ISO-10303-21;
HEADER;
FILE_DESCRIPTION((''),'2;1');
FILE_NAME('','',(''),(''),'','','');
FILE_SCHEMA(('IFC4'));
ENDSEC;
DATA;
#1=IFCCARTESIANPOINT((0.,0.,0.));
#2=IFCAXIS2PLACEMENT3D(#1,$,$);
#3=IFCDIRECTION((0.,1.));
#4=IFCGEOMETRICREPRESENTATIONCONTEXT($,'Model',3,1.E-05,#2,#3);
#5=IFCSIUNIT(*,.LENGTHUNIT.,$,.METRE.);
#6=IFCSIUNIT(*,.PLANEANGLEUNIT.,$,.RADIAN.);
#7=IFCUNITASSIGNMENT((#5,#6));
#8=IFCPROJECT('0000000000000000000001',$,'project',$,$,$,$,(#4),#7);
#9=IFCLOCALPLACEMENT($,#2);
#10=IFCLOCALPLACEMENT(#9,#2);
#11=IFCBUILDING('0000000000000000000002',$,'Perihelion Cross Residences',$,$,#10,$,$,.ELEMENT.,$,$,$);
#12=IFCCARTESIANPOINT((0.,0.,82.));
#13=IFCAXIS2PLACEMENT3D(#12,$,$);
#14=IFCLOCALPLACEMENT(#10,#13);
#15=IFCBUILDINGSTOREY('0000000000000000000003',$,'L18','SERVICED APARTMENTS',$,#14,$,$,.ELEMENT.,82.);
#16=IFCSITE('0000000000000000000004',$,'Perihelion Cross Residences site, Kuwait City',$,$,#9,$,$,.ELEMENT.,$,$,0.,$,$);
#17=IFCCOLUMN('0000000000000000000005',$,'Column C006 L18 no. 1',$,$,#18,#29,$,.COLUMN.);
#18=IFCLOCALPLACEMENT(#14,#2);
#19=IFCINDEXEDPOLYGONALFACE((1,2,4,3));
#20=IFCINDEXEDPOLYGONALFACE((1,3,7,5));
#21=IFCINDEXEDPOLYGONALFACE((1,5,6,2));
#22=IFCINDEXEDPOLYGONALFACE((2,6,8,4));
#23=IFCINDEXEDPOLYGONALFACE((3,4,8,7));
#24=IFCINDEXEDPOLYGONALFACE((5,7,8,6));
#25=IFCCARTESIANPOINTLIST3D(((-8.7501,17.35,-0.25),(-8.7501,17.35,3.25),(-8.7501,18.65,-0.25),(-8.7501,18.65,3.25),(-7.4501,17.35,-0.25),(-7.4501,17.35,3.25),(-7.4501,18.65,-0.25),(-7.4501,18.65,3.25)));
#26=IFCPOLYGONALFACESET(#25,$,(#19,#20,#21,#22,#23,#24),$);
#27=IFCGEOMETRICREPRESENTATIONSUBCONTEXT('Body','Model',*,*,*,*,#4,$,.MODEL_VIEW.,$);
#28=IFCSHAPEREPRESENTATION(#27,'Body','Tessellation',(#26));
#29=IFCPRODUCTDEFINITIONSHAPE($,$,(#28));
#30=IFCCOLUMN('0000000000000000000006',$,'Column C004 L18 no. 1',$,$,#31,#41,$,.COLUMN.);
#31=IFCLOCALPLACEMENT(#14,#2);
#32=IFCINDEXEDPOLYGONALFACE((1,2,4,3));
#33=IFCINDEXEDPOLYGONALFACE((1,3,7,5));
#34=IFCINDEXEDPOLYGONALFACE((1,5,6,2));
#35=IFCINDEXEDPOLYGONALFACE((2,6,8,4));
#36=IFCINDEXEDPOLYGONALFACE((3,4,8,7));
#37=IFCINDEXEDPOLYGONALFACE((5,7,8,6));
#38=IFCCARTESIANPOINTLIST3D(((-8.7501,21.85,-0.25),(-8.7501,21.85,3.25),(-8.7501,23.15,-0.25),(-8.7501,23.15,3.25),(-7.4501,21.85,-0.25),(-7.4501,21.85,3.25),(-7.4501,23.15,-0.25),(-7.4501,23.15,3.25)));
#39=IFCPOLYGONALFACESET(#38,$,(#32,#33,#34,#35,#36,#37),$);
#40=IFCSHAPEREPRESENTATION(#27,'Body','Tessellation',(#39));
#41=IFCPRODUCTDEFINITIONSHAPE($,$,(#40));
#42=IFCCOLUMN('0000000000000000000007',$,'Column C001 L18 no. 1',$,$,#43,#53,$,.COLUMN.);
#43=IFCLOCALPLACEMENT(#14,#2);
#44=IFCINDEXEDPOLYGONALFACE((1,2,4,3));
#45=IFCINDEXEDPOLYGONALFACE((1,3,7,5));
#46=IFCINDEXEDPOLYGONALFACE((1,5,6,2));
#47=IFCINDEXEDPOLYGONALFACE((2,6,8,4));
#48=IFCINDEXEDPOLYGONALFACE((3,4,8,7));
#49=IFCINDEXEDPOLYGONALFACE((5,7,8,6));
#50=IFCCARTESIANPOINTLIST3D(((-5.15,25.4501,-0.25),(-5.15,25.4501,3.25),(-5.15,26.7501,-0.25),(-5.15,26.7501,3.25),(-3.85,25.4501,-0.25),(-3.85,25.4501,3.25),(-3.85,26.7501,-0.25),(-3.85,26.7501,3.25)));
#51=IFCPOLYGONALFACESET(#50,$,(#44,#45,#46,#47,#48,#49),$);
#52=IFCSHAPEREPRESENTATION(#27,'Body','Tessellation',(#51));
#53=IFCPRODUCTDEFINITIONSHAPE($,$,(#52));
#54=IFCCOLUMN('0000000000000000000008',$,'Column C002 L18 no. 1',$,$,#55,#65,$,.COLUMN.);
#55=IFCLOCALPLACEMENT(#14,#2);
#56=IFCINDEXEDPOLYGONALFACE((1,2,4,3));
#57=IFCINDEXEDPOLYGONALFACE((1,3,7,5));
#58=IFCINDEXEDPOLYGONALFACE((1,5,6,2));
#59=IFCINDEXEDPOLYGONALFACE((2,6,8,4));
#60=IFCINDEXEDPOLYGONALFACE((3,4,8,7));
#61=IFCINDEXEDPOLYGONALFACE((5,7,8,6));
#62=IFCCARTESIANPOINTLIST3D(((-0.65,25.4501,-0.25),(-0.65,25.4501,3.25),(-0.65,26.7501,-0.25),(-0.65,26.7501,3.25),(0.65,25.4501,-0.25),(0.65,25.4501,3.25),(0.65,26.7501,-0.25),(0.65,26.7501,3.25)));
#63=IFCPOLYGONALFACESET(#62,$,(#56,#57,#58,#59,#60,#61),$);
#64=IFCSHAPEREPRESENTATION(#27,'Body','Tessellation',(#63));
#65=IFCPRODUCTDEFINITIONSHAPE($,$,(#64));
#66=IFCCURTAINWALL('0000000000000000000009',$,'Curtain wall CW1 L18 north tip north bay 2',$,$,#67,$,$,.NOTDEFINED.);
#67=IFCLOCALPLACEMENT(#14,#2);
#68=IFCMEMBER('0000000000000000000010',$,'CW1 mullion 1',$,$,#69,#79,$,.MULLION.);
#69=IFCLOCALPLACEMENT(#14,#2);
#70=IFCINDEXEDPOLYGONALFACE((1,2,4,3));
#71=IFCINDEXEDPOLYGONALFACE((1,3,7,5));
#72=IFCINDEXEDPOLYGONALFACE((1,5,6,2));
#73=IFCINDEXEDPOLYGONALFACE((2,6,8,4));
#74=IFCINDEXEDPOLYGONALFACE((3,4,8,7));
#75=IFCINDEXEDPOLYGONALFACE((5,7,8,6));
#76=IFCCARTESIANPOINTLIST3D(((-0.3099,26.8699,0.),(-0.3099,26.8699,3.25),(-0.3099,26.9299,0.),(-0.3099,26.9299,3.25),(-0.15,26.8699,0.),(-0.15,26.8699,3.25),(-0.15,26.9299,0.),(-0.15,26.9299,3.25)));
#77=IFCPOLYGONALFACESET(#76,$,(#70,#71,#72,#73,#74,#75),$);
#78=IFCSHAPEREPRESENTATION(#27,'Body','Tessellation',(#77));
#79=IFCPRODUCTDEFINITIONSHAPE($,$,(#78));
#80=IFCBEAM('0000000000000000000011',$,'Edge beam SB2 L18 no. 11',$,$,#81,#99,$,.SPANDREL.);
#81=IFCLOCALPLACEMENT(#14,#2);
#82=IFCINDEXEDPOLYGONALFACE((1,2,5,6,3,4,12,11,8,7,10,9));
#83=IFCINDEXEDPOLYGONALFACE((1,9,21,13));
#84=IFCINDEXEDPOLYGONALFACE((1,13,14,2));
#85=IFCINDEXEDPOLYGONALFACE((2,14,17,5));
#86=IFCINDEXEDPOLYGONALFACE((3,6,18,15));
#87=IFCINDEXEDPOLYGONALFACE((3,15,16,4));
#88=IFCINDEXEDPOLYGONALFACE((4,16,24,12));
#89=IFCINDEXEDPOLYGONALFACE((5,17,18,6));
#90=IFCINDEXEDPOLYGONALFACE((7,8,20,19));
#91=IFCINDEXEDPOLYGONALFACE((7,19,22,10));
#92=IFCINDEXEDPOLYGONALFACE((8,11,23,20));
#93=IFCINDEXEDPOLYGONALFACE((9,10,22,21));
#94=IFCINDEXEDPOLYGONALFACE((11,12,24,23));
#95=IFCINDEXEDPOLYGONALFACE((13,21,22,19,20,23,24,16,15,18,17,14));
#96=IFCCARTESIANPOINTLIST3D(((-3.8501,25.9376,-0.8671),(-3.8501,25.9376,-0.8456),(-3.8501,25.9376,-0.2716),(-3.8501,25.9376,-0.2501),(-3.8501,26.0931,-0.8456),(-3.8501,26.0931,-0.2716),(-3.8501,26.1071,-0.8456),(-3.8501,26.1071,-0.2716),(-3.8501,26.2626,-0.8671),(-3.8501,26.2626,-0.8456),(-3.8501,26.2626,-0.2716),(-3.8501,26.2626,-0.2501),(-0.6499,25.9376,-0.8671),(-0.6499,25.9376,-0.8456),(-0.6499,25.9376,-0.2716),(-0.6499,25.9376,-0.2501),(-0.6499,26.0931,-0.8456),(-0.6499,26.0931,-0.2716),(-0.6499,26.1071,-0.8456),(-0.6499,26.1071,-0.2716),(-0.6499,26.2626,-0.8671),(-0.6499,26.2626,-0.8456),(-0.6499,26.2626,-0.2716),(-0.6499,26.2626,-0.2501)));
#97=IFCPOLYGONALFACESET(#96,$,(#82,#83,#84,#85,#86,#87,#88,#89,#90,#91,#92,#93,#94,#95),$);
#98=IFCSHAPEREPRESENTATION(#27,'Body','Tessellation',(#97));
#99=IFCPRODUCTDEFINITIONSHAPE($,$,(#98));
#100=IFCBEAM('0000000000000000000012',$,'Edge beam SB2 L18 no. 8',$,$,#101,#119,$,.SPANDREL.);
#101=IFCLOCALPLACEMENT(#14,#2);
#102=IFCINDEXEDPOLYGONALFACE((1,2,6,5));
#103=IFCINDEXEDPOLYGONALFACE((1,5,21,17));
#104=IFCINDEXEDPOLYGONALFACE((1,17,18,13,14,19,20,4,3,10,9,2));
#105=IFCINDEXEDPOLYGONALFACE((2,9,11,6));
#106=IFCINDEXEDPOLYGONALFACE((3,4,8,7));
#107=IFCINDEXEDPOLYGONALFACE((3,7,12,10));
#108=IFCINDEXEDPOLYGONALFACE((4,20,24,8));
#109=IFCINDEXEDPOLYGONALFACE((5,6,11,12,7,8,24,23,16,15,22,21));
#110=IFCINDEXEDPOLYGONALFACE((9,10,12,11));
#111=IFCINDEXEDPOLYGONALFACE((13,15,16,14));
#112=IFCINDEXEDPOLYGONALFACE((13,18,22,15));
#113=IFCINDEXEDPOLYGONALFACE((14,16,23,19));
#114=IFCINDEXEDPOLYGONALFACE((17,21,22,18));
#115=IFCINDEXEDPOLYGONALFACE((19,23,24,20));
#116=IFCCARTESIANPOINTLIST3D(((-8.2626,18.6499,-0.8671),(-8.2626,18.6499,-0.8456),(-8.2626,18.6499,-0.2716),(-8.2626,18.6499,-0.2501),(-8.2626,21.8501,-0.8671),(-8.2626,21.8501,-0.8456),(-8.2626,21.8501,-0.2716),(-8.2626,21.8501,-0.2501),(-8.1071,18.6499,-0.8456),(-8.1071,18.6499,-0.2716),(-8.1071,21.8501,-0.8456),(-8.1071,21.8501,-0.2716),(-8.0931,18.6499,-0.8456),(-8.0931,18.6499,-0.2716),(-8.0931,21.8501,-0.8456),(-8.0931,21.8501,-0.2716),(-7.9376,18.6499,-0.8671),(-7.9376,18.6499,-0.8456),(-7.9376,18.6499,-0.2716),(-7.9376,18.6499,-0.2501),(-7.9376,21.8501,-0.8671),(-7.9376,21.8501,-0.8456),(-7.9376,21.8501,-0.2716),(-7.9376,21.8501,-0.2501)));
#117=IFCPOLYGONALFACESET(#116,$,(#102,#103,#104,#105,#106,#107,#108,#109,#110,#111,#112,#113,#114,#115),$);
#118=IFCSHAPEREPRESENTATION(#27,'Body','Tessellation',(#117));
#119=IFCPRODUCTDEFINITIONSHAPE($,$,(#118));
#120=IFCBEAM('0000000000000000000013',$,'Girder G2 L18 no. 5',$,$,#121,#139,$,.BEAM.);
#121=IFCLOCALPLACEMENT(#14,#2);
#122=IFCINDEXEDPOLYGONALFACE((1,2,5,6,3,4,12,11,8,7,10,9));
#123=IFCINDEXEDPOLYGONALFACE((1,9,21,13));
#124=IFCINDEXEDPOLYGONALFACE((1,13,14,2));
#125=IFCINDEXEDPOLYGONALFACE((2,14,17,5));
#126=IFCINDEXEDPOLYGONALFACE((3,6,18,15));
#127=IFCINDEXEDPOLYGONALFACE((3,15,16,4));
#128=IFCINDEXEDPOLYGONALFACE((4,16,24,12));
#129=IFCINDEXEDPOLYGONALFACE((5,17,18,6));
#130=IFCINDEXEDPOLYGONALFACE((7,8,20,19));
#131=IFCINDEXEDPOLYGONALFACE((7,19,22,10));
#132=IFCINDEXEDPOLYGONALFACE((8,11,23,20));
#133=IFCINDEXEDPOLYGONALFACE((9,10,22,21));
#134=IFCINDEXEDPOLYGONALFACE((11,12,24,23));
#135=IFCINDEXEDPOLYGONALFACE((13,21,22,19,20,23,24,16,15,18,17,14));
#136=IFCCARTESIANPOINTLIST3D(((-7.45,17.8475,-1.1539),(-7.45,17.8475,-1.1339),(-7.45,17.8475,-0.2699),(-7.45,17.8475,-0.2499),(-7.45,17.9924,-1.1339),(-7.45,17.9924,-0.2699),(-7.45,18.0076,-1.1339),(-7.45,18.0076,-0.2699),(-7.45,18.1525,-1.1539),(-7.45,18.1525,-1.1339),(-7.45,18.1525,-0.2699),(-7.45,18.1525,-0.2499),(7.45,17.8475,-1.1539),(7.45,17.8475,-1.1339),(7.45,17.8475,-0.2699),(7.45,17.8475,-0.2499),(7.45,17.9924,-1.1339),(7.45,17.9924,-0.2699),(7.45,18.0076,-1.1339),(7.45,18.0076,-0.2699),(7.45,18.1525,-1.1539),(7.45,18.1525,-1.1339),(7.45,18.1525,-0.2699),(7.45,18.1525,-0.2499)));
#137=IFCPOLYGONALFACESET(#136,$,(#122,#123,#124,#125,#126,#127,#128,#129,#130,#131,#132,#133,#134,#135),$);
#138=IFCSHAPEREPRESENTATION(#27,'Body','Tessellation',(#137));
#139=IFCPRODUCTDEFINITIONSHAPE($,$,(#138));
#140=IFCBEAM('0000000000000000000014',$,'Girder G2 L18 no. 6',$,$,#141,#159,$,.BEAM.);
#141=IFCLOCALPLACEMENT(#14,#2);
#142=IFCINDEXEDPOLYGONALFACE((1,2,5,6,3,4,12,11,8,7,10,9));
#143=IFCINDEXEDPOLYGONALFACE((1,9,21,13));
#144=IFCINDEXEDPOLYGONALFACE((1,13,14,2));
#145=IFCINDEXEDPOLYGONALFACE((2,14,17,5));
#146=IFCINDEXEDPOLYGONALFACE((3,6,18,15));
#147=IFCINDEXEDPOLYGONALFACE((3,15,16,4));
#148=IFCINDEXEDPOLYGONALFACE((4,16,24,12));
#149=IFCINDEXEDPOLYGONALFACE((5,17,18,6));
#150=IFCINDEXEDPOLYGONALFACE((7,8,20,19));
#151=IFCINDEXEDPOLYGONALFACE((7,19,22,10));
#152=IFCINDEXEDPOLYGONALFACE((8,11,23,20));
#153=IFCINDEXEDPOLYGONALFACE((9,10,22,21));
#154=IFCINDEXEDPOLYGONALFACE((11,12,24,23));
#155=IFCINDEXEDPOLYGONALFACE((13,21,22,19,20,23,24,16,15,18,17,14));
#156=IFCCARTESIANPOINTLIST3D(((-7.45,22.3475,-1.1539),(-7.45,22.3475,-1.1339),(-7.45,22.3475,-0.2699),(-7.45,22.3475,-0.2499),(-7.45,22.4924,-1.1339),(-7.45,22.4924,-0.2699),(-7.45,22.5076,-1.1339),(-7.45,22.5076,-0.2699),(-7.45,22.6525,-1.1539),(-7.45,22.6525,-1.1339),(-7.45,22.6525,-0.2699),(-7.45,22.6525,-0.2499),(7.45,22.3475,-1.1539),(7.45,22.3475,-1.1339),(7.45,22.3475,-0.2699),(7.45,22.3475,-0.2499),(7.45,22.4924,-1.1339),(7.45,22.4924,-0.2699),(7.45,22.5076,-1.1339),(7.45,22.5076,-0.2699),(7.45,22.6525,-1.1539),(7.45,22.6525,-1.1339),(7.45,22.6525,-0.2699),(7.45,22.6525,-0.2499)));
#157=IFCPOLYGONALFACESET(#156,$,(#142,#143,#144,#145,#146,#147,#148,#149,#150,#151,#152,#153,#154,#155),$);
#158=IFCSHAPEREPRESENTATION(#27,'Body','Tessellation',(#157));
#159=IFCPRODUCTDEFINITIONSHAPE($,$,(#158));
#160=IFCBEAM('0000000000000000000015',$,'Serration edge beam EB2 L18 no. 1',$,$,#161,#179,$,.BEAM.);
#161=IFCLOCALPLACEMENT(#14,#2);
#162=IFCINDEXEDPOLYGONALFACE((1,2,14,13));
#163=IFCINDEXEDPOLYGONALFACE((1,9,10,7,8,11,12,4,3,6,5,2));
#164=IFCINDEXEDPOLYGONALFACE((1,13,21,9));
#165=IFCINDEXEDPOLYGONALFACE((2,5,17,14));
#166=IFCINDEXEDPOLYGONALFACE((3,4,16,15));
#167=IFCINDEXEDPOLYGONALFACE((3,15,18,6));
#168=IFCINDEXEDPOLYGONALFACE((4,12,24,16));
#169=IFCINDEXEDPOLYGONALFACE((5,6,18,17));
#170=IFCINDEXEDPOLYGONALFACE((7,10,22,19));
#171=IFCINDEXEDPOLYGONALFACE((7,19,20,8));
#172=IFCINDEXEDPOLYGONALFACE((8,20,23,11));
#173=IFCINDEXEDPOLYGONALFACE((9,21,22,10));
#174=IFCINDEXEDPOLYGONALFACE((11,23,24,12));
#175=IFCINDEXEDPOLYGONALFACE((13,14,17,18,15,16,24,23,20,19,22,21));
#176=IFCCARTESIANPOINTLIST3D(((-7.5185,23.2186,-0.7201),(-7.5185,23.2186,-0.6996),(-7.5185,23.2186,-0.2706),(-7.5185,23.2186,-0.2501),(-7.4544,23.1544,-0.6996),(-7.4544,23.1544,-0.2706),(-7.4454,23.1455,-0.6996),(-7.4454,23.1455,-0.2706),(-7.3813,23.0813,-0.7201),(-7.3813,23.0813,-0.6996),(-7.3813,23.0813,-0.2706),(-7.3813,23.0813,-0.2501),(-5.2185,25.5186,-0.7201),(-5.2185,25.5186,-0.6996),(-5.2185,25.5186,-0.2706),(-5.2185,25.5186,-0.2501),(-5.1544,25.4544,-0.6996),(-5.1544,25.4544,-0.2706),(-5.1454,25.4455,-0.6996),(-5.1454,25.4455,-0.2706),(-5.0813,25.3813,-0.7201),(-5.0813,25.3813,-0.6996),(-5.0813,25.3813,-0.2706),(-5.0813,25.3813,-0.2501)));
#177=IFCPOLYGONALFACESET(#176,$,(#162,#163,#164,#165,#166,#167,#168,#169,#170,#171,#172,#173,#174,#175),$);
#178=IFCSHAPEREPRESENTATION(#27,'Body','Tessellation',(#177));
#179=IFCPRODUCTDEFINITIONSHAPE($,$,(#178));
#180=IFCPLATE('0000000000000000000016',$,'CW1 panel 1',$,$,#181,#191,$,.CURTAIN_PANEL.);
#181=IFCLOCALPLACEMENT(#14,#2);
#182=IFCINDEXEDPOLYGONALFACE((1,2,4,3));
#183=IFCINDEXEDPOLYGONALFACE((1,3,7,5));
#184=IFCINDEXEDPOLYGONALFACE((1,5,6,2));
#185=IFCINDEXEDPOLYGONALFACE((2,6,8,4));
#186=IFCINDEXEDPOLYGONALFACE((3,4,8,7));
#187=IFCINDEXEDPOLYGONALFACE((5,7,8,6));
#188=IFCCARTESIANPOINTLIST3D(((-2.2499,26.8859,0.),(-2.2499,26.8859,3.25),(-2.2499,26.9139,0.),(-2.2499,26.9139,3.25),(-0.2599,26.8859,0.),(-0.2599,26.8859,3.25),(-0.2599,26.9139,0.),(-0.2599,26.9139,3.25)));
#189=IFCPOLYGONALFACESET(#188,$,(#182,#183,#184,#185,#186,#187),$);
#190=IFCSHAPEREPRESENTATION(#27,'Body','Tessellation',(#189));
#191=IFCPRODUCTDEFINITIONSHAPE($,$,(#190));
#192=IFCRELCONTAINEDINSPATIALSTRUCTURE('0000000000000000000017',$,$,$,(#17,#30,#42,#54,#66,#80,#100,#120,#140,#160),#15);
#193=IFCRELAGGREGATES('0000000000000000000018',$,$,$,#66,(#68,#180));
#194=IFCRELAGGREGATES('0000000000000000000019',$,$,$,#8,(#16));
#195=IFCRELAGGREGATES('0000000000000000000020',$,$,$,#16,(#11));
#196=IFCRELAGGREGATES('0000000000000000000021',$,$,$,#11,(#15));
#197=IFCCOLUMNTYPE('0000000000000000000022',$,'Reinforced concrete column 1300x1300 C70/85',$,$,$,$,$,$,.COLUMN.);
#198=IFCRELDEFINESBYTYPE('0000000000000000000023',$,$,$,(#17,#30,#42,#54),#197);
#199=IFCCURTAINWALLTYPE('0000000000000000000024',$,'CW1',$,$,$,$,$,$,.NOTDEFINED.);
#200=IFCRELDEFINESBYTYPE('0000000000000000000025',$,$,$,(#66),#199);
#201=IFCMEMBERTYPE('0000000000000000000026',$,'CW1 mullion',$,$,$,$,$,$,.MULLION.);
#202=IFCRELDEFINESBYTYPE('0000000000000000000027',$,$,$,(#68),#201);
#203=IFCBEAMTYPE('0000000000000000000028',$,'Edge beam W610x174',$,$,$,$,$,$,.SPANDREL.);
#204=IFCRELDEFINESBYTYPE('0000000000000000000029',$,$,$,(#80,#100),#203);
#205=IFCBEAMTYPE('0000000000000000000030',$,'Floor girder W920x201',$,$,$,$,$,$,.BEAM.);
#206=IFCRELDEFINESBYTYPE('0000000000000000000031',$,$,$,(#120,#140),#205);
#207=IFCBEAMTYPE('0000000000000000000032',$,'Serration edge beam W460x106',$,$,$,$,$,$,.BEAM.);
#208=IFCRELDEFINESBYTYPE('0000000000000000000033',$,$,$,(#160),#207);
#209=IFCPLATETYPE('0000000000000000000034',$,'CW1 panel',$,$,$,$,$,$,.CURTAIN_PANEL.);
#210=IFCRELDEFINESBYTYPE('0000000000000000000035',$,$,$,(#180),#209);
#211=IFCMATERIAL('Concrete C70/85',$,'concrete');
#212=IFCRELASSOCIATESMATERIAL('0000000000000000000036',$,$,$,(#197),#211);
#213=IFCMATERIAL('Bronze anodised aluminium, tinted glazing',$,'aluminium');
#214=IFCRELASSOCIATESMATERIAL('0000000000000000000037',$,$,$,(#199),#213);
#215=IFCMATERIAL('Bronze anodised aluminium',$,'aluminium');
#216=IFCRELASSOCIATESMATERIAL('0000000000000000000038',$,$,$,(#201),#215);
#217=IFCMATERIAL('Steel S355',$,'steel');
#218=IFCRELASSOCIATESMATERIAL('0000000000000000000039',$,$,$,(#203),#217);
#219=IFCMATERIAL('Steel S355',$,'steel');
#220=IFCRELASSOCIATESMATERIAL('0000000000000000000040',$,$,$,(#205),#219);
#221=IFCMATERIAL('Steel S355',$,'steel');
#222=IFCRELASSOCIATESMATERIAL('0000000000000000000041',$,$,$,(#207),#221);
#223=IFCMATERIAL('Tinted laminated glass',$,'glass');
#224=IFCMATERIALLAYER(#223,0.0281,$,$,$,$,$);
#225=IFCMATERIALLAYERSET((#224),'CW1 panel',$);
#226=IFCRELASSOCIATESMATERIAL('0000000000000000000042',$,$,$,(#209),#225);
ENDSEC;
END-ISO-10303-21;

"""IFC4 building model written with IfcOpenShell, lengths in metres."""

from ifc_helpers import new_model, si_unit, direction, frame, origin, origin_2d, place, context, subcontext, project, spatial, rectangle, i_section, extrude, material, layer, layer_set, material_profile, profile_set, type_object, element, aggregate, save


model = new_model("IFC4")

# Units and contexts
model_context = context("Model", 3, precision=1e-05, world=origin(), true_north=direction((0.0, 1.0)))
body_context = subcontext(model_context, "Body", "Model", "MODEL_VIEW")
ifc_project = project(units=[si_unit("LENGTHUNIT", "METRE"), si_unit("PLANEANGLEUNIT", "RADIAN")], contexts=[model_context])

# Site, building, storey
site_placement = place(None, origin())
site = spatial("IfcSite", under=ifc_project, at=site_placement, Name="Perihelion Cross Residences site, Kuwait City", CompositionType="ELEMENT", RefElevation=0.0)
building_placement = place(site_placement, origin())
building = spatial("IfcBuilding", under=site, at=building_placement, Name="Perihelion Cross Residences", CompositionType="ELEMENT")
storey_placement = place(building_placement, frame((0.0, 0.0, 82.0)))
storey = spatial("IfcBuildingStorey", under=building, at=storey_placement, Name="L18", Description="SERVICED APARTMENTS", CompositionType="ELEMENT", Elevation=82.0)

# Columns
ifc_material_1 = material(Name="Concrete C70/85", Category="concrete")
ifc_material_profile_1 = material_profile(ifc_material_1, rectangle(XDim=1.3, YDim=1.3, at=origin_2d()), Name="RC 1300x1300")
ifc_profile_set_1 = profile_set([ifc_material_profile_1], Name="Concrete C70/85")
column_type = type_object("IfcColumnType", Name="Reinforced concrete column 1300x1300 C70/85", PredefinedType="COLUMN", material=ifc_profile_set_1)
for number, where, z_axis, x_axis, name in (
    (1, (-8.1001, 18.0, -0.25), (0.0, 0.0, 1.0), (1.0, 0.0, 0.0), "Column C006 L18 no. 1"),
    (2, (-8.1001, 22.5, -0.25), (0.0, 0.0, 1.0), (1.0, 0.0, 0.0), "Column C004 L18 no. 1"),
    (3, (-4.5, 26.1001, -0.25), (0.0, 0.0, 1.0), (1.0, 0.0, 0.0), "Column C001 L18 no. 1"),
    (4, (0.0, 26.1001, -0.25), (0.0, 0.0, 1.0), (1.0, 0.0, 0.0), "Column C002 L18 no. 1"),
):
    element("IfcColumn", number, at=place(storey_placement, frame(where, z_axis=z_axis, x_axis=x_axis)), inside=storey, type_object=column_type, Name=name, PredefinedType="COLUMN", context=body_context, shape_type="SweptSolid", body=[
        extrude(rectangle(XDim=1.3, YDim=1.3, at=origin_2d()), origin(), (0.0, 0.0, 1.0), 3.5),
    ])

# Curtain wall, member
ifc_material_2 = material(Name="Bronze anodised aluminium, tinted glazing", Category="aluminium")
curtain_wall_type = type_object("IfcCurtainWallType", Name="CW1", PredefinedType="NOTDEFINED", material=ifc_material_2)
curtain_wall_placement = place(storey_placement, origin())
curtain_wall = element("IfcCurtainWall", 5, at=curtain_wall_placement, inside=storey, type_object=curtain_wall_type, Name="Curtain wall CW1 L18 north tip north bay 2", PredefinedType="NOTDEFINED")
ifc_material_3 = material(Name="Bronze anodised aluminium", Category="aluminium")
ifc_material_profile_2 = material_profile(ifc_material_3, rectangle(XDim=0.0601, YDim=0.1599, at=origin_2d()), Name="CW1 mullion")
ifc_profile_set_2 = profile_set([ifc_material_profile_2], Name="Bronze anodised aluminium")
member_type = type_object("IfcMemberType", Name="CW1 mullion", PredefinedType="MULLION", material=ifc_profile_set_2)
member_placement = place(storey_placement, frame((-0.23, 26.8999, 0.0), z_axis=(0.0, 0.0, 1.0), x_axis=(0.0, -1.0, 0.0)))
member = element("IfcMember", 6, at=member_placement, type_object=member_type, Name="CW1 mullion 1", PredefinedType="MULLION", context=body_context, shape_type="SweptSolid", body=[
    extrude(rectangle(XDim=0.0601, YDim=0.1599, at=origin_2d()), origin(), (0.0, 0.0, 1.0), 3.25),
])

# Beams
ifc_material_4 = material(Name="Steel S355", Category="steel")
ifc_material_profile_3 = material_profile(ifc_material_4, i_section(OverallWidth=0.325, OverallDepth=0.6169, WebThickness=0.0139, FlangeThickness=0.0215, at=origin_2d()), Name="W610x174")
ifc_profile_set_3 = profile_set([ifc_material_profile_3], Name="Steel S355")
beam_type_1 = type_object("IfcBeamType", Name="Edge beam W610x174", PredefinedType="SPANDREL", material=ifc_profile_set_3)
for number, where, z_axis, x_axis, name in (
    (7, (-0.6499, 26.1001, -0.5586), (-1.0, 0.0, 0.0), (0.0, -1.0, 0.0), "Edge beam SB2 L18 no. 11"),
    (8, (-8.1001, 21.8501, -0.5586), (0.0, -1.0, 0.0), (1.0, 0.0, 0.0), "Edge beam SB2 L18 no. 8"),
):
    element("IfcBeam", number, at=place(storey_placement, frame(where, z_axis=z_axis, x_axis=x_axis)), inside=storey, type_object=beam_type_1, Name=name, PredefinedType="SPANDREL", context=body_context, shape_type="SweptSolid", body=[
        extrude(i_section(OverallWidth=0.325, OverallDepth=0.6169, WebThickness=0.0139, FlangeThickness=0.0215, at=origin_2d()), origin(), (0.0, 0.0, 1.0), 3.2002),
    ])
ifc_material_5 = material(Name="Steel S355", Category="steel")
ifc_material_profile_4 = material_profile(ifc_material_5, i_section(OverallWidth=0.3049, OverallDepth=0.9041, WebThickness=0.0151, FlangeThickness=0.02, at=origin_2d()), Name="W920x201")
ifc_profile_set_4 = profile_set([ifc_material_profile_4], Name="Steel S355")
beam_type_2 = type_object("IfcBeamType", Name="Floor girder W920x201", PredefinedType="BEAM", material=ifc_profile_set_4)
for number, where, z_axis, x_axis, name in (
    (9, (-7.45, 18.0, -0.7019), (1.0, 0.0, 0.0), (0.0, 1.0, 0.0), "Girder G2 L18 no. 5"),
    (10, (-7.45, 22.5, -0.7019), (1.0, 0.0, 0.0), (0.0, 1.0, 0.0), "Girder G2 L18 no. 6"),
):
    element("IfcBeam", number, at=place(storey_placement, frame(where, z_axis=z_axis, x_axis=x_axis)), inside=storey, type_object=beam_type_2, Name=name, PredefinedType="BEAM", context=body_context, shape_type="SweptSolid", body=[
        extrude(i_section(OverallWidth=0.3049, OverallDepth=0.9041, WebThickness=0.0151, FlangeThickness=0.02, at=origin_2d()), origin(), (0.0, 0.0, 1.0), 14.8999),
    ])
ifc_material_6 = material(Name="Steel S355", Category="steel")
ifc_material_profile_5 = material_profile(ifc_material_6, i_section(OverallWidth=0.1941, OverallDepth=0.47, WebThickness=0.0127, FlangeThickness=0.0205, at=origin_2d()), Name="W460x106")
ifc_profile_set_5 = profile_set([ifc_material_profile_5], Name="Steel S355")
beam_type_3 = type_object("IfcBeamType", Name="Serration edge beam W460x106", PredefinedType="BEAM", material=ifc_profile_set_5)
beam_placement = place(storey_placement, frame((-5.1499, 25.45, -0.4851), z_axis=(-0.707107, -0.707107, 0.0), x_axis=(0.707107, -0.707107, 0.0)))
element("IfcBeam", 11, at=beam_placement, inside=storey, type_object=beam_type_3, Name="Serration edge beam EB2 L18 no. 1", PredefinedType="BEAM", context=body_context, shape_type="SweptSolid", body=[
    extrude(i_section(OverallWidth=0.1941, OverallDepth=0.47, WebThickness=0.0127, FlangeThickness=0.0205, at=origin_2d()), origin(), (0.0, 0.0, 1.0), 3.2527),
])

# Plate
ifc_material_7 = material(Name="Tinted laminated glass", Category="glass")
ifc_layer_1 = layer(ifc_material_7, 0.0281)
ifc_layer_set_1 = layer_set([ifc_layer_1], Name="CW1 panel")
plate_type = type_object("IfcPlateType", Name="CW1 panel", PredefinedType="CURTAIN_PANEL", material=ifc_layer_set_1)
plate_placement = place(storey_placement, frame((-1.2549, 26.8999, 0.0), z_axis=(0.0, 0.0, 1.0), x_axis=(-1.0, 0.0, 0.0)))
plate = element("IfcPlate", 12, at=plate_placement, type_object=plate_type, Name="CW1 panel 1", PredefinedType="CURTAIN_PANEL", context=body_context, shape_type="SweptSolid", body=[
    extrude(rectangle(XDim=1.99, YDim=0.0281, at=origin_2d()), origin(), (0.0, 0.0, 1.0), 3.25),
])
aggregate(curtain_wall, [member, plate])

save(model, "model.ifc")
